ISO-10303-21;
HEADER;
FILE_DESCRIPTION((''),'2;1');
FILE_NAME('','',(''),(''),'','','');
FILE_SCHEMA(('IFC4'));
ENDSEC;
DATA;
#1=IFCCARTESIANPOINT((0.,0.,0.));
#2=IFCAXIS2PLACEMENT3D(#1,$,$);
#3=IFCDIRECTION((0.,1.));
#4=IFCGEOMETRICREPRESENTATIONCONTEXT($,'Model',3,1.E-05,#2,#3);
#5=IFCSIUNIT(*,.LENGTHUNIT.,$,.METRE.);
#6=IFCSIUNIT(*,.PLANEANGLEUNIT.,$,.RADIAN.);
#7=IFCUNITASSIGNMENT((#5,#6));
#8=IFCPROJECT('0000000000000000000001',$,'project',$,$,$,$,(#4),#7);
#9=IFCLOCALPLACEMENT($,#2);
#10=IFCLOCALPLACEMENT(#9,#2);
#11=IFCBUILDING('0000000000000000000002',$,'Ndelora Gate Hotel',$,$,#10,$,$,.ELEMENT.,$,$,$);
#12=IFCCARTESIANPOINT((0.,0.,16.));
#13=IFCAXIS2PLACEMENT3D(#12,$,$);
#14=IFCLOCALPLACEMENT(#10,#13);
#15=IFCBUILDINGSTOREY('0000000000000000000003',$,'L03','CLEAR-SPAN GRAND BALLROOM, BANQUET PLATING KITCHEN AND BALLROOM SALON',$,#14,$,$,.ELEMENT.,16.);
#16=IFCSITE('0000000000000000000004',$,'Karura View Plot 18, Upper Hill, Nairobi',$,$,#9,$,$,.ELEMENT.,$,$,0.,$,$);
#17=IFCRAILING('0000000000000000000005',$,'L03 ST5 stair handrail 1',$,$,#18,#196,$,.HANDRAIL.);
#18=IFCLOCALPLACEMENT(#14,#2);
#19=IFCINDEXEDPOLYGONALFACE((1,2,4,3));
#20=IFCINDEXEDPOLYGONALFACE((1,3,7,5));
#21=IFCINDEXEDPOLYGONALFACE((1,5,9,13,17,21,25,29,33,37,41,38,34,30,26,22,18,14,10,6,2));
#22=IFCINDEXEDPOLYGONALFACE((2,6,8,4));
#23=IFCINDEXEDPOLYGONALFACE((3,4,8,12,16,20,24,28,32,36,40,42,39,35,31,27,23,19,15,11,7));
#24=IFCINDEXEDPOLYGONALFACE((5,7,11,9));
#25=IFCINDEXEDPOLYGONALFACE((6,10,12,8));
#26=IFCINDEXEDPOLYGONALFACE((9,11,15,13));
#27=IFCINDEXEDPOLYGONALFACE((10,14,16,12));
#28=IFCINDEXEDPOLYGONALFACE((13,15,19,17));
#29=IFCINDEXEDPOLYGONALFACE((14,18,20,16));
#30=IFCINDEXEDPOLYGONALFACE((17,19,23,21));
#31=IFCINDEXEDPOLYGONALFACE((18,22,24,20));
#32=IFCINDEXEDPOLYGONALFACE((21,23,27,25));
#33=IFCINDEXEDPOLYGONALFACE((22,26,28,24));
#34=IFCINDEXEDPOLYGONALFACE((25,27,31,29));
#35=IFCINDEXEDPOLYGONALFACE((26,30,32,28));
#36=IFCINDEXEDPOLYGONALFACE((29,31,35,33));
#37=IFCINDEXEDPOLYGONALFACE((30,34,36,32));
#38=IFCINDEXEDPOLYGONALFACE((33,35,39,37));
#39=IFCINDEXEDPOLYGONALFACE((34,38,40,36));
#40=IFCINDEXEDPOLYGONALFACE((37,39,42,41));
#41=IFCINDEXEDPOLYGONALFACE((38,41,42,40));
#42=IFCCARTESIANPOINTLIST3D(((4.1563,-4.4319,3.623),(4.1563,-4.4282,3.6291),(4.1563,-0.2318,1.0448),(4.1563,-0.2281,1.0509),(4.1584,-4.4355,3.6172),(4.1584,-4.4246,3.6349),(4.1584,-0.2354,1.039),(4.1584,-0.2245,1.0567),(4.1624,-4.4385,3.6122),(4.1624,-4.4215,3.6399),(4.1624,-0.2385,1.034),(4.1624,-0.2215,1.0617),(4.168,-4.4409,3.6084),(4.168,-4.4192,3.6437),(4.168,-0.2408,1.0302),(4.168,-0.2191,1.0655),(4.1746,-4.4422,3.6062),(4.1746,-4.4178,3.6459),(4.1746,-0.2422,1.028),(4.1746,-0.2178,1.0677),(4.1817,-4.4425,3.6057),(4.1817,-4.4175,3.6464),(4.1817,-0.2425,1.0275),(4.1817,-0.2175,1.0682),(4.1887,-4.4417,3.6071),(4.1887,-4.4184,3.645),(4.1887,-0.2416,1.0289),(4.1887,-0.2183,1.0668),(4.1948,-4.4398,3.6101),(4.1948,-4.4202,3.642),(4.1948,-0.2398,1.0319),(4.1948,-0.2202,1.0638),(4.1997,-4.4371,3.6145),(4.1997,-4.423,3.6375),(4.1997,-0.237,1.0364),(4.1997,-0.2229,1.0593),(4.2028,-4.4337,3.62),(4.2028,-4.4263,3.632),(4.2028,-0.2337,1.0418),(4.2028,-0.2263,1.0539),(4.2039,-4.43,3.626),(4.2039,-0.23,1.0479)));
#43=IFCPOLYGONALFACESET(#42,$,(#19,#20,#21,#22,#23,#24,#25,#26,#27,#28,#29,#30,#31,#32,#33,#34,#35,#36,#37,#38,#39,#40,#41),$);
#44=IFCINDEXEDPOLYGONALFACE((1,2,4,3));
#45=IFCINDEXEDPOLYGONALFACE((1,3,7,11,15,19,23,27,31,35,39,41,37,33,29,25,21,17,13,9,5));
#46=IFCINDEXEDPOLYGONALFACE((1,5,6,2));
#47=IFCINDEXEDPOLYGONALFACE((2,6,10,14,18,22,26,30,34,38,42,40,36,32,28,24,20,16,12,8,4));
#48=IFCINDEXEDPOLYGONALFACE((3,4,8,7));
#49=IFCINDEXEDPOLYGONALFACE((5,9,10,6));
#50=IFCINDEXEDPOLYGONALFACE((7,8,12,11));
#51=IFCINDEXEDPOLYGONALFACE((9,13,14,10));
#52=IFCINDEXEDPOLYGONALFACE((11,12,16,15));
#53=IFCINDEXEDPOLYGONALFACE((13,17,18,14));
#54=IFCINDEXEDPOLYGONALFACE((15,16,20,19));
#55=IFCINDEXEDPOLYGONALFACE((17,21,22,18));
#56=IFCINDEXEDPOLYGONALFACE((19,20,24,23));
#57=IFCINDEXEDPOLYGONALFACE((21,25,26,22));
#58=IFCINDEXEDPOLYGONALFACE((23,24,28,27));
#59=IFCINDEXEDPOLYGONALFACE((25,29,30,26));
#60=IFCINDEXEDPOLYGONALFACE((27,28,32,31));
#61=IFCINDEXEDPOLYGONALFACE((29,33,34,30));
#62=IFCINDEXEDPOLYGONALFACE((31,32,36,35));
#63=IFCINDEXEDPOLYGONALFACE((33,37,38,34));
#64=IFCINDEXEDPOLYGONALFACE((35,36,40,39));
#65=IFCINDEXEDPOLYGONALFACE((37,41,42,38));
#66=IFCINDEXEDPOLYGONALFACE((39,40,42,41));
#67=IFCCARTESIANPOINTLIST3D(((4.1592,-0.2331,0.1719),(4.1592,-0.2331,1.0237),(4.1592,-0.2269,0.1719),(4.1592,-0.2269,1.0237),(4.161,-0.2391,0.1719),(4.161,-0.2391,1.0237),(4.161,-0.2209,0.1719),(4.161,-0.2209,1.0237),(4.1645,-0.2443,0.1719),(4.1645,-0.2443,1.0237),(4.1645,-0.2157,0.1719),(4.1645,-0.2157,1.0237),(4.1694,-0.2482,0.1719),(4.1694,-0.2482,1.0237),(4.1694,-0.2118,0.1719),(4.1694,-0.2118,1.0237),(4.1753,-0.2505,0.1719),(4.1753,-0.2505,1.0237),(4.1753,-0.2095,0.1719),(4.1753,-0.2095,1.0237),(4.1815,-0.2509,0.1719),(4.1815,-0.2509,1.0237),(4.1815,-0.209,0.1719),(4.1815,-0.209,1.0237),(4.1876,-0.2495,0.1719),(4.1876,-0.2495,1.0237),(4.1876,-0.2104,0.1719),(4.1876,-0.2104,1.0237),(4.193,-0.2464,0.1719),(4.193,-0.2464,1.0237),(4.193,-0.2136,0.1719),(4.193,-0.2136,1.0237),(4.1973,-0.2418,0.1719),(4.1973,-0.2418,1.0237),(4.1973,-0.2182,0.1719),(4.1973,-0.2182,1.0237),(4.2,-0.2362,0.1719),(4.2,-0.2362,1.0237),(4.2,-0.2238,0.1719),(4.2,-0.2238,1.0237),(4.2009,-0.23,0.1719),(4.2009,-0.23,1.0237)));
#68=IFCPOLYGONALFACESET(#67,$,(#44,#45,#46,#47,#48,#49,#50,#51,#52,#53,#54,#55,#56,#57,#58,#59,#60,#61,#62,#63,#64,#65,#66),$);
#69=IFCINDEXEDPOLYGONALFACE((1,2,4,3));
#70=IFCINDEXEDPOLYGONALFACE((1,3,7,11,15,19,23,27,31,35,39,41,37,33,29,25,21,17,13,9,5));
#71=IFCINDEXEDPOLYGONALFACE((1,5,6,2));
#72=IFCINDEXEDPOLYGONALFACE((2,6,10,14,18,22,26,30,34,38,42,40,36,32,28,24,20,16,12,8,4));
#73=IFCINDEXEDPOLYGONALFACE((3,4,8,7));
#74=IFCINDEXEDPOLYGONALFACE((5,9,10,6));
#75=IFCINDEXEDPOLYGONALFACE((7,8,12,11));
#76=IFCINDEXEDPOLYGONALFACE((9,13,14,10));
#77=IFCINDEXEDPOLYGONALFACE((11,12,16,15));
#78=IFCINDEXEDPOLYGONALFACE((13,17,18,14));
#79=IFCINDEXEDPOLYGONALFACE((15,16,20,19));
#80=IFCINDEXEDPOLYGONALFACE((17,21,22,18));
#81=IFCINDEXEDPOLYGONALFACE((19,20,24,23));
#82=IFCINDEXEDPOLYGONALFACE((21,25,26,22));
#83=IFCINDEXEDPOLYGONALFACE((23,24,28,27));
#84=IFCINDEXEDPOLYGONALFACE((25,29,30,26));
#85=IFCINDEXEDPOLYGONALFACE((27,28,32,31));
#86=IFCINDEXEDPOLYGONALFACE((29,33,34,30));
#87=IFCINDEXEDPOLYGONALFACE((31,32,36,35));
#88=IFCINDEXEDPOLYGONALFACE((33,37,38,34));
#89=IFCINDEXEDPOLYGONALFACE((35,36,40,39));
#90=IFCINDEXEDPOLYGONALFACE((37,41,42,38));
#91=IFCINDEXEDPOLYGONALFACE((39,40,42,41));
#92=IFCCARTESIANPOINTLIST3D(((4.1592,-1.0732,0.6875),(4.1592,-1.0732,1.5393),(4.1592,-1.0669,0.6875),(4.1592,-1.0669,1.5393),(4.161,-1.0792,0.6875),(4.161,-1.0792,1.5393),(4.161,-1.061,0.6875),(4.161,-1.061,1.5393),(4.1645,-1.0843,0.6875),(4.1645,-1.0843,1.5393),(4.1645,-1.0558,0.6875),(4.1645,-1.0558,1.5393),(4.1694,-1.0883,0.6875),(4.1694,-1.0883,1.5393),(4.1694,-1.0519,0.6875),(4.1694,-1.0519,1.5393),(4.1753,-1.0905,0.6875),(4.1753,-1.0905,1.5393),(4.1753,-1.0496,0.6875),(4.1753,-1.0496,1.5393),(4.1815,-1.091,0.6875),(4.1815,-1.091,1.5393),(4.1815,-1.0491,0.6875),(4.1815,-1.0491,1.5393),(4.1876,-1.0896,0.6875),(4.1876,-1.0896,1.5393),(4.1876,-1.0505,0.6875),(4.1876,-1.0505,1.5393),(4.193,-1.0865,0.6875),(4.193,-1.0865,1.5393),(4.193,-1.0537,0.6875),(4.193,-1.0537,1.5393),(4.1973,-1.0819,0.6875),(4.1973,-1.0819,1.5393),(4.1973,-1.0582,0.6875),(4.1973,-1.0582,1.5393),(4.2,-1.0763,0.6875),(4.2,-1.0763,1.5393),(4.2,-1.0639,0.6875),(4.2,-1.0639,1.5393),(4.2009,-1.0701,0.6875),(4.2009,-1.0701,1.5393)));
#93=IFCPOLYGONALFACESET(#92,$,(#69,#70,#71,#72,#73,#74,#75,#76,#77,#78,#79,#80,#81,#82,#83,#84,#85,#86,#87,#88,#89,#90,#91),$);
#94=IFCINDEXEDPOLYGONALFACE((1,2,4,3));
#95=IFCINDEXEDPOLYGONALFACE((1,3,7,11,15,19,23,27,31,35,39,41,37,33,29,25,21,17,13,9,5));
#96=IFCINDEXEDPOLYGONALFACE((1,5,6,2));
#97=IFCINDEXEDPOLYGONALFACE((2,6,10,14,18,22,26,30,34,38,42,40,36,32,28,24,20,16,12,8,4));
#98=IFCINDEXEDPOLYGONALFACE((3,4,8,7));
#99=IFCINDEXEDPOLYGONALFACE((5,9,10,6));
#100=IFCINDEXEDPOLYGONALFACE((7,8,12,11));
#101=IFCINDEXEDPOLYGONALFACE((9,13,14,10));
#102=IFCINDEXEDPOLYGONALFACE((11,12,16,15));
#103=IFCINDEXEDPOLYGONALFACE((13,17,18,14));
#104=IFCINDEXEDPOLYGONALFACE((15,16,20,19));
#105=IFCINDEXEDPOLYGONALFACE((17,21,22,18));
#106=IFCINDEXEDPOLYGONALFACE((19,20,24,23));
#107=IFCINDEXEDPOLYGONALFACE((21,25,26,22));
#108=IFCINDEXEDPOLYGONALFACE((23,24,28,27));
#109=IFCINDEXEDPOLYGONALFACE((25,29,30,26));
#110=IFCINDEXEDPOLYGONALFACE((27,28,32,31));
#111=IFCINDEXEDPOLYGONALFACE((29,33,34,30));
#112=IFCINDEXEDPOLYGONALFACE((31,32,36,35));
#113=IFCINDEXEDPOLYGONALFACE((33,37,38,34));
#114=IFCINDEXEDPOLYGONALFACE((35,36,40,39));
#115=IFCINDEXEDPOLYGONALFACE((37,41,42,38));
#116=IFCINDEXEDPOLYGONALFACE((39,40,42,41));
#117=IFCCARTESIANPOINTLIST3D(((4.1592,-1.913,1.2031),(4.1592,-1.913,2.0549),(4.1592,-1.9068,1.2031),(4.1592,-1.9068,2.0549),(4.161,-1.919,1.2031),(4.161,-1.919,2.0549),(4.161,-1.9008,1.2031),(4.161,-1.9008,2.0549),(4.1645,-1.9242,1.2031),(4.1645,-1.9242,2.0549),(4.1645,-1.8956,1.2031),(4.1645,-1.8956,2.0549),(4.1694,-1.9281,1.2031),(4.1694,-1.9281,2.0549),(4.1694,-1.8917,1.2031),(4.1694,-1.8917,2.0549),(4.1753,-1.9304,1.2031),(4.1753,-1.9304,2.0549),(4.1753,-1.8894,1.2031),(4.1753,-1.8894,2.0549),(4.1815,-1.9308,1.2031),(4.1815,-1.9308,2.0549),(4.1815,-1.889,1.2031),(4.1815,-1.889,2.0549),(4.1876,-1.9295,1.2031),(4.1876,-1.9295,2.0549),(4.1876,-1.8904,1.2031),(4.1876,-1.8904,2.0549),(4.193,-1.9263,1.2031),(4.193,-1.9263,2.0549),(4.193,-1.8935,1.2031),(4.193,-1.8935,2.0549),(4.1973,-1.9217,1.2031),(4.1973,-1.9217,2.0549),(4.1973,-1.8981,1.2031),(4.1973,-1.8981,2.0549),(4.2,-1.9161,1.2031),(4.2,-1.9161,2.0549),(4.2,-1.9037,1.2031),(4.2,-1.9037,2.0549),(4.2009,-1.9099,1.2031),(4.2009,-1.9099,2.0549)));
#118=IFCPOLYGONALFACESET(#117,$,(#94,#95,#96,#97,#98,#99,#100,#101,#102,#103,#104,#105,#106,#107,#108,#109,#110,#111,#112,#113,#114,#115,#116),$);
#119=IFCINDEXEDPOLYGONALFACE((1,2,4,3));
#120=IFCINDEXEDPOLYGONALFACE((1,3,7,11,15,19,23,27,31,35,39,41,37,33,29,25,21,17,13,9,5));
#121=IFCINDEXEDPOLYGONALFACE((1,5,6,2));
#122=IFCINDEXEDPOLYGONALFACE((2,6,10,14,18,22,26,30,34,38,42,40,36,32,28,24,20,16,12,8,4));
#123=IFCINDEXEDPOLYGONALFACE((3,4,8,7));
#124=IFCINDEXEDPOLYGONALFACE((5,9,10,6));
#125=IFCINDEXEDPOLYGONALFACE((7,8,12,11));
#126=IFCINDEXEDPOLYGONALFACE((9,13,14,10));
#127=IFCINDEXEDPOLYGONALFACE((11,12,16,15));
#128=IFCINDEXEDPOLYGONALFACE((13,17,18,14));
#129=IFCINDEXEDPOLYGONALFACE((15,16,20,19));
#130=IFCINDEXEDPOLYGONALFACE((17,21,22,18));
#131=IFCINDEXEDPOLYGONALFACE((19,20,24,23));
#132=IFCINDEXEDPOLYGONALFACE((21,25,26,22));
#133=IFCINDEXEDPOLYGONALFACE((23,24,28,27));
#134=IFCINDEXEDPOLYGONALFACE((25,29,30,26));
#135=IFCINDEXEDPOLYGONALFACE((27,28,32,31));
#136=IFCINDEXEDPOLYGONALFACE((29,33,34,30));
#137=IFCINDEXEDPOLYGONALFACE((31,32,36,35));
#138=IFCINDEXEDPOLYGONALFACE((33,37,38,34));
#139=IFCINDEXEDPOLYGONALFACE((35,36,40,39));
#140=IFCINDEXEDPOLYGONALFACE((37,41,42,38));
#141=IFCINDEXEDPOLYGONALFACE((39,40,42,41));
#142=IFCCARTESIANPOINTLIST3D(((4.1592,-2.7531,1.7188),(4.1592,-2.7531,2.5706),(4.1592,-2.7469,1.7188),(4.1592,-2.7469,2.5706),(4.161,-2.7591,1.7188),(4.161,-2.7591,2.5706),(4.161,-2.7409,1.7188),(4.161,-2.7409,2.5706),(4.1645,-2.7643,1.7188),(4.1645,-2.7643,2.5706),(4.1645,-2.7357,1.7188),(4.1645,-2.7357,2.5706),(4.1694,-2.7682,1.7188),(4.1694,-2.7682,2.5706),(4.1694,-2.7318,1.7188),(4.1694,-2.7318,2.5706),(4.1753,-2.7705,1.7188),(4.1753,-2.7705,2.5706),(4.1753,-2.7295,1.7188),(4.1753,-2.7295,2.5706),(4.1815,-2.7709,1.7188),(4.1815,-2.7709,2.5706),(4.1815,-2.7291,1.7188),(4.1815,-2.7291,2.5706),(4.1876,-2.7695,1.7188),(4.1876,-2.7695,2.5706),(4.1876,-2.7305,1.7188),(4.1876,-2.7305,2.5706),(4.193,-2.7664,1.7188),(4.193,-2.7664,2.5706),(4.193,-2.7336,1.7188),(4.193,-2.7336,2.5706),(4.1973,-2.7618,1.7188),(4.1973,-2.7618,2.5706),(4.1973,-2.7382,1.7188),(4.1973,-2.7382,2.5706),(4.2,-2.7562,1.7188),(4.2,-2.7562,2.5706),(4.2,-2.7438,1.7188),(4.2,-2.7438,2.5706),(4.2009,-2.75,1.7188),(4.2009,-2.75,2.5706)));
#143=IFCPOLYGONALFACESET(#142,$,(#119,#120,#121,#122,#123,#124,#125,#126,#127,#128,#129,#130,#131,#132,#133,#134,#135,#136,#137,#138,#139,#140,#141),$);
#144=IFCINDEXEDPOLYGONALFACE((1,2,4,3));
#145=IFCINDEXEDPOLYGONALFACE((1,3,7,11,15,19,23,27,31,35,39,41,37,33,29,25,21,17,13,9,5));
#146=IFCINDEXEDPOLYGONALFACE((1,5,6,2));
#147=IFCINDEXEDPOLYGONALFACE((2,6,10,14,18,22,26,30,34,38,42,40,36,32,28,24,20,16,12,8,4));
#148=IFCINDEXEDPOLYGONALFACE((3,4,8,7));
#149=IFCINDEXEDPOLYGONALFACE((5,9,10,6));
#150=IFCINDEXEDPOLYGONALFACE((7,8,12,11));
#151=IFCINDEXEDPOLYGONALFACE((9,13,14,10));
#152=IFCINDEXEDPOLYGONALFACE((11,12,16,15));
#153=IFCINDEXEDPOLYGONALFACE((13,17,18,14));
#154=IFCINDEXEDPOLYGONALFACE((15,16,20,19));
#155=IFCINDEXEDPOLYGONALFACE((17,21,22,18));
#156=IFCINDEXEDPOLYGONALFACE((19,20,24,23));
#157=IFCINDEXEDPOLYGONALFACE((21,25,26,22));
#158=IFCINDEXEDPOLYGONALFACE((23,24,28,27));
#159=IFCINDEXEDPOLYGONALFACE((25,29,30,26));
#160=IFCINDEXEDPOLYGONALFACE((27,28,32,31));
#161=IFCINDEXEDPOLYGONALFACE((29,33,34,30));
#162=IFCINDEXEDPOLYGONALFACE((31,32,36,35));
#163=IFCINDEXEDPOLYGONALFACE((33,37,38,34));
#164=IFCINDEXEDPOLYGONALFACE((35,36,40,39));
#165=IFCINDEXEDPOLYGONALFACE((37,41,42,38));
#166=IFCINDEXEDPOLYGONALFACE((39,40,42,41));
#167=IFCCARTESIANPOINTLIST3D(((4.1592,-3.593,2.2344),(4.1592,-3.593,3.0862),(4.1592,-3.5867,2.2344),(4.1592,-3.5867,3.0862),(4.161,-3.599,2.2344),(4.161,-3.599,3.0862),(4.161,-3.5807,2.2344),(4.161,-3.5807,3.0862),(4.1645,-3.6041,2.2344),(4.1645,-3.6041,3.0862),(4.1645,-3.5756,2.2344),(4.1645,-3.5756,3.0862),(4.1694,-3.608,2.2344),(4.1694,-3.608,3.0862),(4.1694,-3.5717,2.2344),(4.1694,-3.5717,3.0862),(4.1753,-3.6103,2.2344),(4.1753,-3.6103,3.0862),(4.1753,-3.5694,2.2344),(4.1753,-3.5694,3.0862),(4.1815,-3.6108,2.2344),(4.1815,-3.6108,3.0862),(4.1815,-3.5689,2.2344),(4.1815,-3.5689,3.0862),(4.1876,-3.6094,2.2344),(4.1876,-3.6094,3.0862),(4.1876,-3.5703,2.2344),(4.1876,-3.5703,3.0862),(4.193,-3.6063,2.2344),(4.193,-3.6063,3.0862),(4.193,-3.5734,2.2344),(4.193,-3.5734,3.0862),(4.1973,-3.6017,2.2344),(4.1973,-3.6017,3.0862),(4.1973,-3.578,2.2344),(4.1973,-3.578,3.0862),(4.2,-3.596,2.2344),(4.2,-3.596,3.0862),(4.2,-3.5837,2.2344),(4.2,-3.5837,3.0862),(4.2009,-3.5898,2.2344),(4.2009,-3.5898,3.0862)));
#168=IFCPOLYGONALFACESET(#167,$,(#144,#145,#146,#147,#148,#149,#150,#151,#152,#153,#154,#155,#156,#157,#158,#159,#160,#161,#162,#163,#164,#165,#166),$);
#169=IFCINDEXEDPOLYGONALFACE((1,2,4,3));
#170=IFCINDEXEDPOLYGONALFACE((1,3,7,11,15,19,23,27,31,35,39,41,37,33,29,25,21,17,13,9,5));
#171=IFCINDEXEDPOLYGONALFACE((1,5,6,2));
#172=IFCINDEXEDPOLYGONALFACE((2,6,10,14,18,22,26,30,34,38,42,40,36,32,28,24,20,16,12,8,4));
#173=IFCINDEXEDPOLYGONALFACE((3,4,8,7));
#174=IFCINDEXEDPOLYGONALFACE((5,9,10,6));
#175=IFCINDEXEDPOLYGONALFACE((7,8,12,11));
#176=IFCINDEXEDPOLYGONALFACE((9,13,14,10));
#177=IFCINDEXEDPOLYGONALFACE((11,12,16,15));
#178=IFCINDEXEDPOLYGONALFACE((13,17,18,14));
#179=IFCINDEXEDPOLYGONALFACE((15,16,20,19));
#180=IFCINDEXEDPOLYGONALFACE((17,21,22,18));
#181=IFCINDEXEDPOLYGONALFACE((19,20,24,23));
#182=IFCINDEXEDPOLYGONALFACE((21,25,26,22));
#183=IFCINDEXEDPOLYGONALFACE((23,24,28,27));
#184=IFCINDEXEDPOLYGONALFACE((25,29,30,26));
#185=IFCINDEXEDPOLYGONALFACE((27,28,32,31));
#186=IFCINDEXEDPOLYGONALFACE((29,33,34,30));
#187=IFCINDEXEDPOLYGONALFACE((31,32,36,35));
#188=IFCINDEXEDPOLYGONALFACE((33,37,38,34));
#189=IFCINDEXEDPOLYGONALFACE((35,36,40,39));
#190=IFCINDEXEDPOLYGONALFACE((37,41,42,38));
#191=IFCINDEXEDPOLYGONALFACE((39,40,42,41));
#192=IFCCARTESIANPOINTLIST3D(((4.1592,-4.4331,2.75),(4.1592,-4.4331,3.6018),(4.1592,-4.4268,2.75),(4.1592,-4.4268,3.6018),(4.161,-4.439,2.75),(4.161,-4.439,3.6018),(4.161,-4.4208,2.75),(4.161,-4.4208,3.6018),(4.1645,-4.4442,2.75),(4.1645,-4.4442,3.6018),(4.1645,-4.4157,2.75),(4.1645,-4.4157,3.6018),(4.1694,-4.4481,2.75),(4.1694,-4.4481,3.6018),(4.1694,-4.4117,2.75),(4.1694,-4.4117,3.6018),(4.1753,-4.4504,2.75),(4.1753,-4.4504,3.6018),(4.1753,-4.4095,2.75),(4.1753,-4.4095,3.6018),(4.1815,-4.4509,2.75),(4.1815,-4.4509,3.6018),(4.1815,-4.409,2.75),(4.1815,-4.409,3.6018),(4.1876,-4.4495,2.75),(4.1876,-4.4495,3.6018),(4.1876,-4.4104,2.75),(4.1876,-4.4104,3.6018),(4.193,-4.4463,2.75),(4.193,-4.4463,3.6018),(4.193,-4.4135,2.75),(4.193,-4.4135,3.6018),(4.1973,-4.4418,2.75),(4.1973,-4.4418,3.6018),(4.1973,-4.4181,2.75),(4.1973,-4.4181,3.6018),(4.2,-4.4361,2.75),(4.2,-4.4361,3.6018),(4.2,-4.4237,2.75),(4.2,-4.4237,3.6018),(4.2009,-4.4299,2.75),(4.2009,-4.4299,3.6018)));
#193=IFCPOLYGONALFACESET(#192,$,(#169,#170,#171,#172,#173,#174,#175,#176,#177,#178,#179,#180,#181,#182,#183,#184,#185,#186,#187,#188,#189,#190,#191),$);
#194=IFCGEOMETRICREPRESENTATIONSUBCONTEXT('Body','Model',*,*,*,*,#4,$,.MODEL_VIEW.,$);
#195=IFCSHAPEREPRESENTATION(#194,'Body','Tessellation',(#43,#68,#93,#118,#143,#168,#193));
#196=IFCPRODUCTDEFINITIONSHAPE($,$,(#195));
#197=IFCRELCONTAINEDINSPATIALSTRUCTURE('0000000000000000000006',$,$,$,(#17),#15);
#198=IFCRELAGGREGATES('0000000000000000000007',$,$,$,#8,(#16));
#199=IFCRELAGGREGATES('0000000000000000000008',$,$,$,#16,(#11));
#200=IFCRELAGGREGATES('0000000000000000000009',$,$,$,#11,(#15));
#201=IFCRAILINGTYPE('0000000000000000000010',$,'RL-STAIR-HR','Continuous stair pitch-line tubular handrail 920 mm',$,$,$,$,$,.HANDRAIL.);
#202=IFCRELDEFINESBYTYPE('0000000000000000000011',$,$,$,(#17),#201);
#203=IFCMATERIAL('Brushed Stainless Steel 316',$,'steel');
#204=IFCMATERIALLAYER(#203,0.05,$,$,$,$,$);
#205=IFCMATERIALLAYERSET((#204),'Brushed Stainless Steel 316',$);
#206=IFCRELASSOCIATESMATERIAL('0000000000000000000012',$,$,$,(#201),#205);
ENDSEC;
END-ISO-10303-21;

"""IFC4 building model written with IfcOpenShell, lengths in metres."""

from ifc_helpers import new_model, si_unit, direction, frame, origin, origin_2d, place, context, subcontext, project, spatial, circle, extrude, material, layer, layer_set, type_object, element, save


model = new_model("IFC4")

# Units and contexts
model_context = context("Model", 3, precision=1e-05, world=origin(), true_north=direction((0.0, 1.0)))
body_context = subcontext(model_context, "Body", "Model", "MODEL_VIEW")
ifc_project = project(units=[si_unit("LENGTHUNIT", "METRE"), si_unit("PLANEANGLEUNIT", "RADIAN")], contexts=[model_context])

# Site, building, storey
site_placement = place(None, origin())
site = spatial("IfcSite", under=ifc_project, at=site_placement, Name="Karura View Plot 18, Upper Hill, Nairobi", CompositionType="ELEMENT", RefElevation=0.0)
building_placement = place(site_placement, origin())
building = spatial("IfcBuilding", under=site, at=building_placement, Name="Ndelora Gate Hotel", CompositionType="ELEMENT")
storey_placement = place(building_placement, frame((0.0, 0.0, 16.0)))
storey = spatial("IfcBuildingStorey", under=building, at=storey_placement, Name="L03", Description="CLEAR-SPAN GRAND BALLROOM, BANQUET PLATING KITCHEN AND BALLROOM SALON", CompositionType="ELEMENT", Elevation=16.0)

# Railing
ifc_material_1 = material(Name="Brushed Stainless Steel 316", Category="steel")
ifc_layer_1 = layer(ifc_material_1, 0.05)
ifc_layer_set_1 = layer_set([ifc_layer_1], Name="Brushed Stainless Steel 316")
railing_type_1 = type_object("IfcRailingType", Name="RL-STAIR-HR", Description="Continuous stair pitch-line tubular handrail 920 mm", PredefinedType="HANDRAIL", material=ifc_layer_set_1)
railing_1_placement = place(storey_placement, frame((4.1799, -0.23, 0.1719)))
element("IfcRailing", 1, at=railing_1_placement, inside=storey, type_object=railing_type_1, Name="L03 ST5 stair handrail 1", PredefinedType="HANDRAIL", context=body_context, shape_type="SweptSolid", body=[
    extrude(circle(Radius=0.0239, at=origin_2d()), frame((0.0, 0.0, 0.876), z_axis=(0.0, -0.852243, 0.523146), x_axis=(1.0, 0.0, 0.0)), (0.0, 0.0, 1.0), 4.9282),
    extrude(circle(Radius=0.021, at=origin_2d()), origin(), (0.0, 0.0, 1.0), 0.8518),
    extrude(circle(Radius=0.021, at=origin_2d()), frame((0.0, -0.8401, 0.5156)), (0.0, 0.0, 1.0), 0.8518),
    extrude(circle(Radius=0.021, at=origin_2d()), frame((0.0, -1.6799, 1.0312)), (0.0, 0.0, 1.0), 0.8518),
    extrude(circle(Radius=0.021, at=origin_2d()), frame((0.0, -2.52, 1.5469)), (0.0, 0.0, 1.0), 0.8518),
    extrude(circle(Radius=0.021, at=origin_2d()), frame((0.0, -3.3599, 2.0625)), (0.0, 0.0, 1.0), 0.8518),
    extrude(circle(Radius=0.021, at=origin_2d()), frame((0.0, -4.2, 2.5781)), (0.0, 0.0, 1.0), 0.8518),
])

save(model, "model.ifc")
